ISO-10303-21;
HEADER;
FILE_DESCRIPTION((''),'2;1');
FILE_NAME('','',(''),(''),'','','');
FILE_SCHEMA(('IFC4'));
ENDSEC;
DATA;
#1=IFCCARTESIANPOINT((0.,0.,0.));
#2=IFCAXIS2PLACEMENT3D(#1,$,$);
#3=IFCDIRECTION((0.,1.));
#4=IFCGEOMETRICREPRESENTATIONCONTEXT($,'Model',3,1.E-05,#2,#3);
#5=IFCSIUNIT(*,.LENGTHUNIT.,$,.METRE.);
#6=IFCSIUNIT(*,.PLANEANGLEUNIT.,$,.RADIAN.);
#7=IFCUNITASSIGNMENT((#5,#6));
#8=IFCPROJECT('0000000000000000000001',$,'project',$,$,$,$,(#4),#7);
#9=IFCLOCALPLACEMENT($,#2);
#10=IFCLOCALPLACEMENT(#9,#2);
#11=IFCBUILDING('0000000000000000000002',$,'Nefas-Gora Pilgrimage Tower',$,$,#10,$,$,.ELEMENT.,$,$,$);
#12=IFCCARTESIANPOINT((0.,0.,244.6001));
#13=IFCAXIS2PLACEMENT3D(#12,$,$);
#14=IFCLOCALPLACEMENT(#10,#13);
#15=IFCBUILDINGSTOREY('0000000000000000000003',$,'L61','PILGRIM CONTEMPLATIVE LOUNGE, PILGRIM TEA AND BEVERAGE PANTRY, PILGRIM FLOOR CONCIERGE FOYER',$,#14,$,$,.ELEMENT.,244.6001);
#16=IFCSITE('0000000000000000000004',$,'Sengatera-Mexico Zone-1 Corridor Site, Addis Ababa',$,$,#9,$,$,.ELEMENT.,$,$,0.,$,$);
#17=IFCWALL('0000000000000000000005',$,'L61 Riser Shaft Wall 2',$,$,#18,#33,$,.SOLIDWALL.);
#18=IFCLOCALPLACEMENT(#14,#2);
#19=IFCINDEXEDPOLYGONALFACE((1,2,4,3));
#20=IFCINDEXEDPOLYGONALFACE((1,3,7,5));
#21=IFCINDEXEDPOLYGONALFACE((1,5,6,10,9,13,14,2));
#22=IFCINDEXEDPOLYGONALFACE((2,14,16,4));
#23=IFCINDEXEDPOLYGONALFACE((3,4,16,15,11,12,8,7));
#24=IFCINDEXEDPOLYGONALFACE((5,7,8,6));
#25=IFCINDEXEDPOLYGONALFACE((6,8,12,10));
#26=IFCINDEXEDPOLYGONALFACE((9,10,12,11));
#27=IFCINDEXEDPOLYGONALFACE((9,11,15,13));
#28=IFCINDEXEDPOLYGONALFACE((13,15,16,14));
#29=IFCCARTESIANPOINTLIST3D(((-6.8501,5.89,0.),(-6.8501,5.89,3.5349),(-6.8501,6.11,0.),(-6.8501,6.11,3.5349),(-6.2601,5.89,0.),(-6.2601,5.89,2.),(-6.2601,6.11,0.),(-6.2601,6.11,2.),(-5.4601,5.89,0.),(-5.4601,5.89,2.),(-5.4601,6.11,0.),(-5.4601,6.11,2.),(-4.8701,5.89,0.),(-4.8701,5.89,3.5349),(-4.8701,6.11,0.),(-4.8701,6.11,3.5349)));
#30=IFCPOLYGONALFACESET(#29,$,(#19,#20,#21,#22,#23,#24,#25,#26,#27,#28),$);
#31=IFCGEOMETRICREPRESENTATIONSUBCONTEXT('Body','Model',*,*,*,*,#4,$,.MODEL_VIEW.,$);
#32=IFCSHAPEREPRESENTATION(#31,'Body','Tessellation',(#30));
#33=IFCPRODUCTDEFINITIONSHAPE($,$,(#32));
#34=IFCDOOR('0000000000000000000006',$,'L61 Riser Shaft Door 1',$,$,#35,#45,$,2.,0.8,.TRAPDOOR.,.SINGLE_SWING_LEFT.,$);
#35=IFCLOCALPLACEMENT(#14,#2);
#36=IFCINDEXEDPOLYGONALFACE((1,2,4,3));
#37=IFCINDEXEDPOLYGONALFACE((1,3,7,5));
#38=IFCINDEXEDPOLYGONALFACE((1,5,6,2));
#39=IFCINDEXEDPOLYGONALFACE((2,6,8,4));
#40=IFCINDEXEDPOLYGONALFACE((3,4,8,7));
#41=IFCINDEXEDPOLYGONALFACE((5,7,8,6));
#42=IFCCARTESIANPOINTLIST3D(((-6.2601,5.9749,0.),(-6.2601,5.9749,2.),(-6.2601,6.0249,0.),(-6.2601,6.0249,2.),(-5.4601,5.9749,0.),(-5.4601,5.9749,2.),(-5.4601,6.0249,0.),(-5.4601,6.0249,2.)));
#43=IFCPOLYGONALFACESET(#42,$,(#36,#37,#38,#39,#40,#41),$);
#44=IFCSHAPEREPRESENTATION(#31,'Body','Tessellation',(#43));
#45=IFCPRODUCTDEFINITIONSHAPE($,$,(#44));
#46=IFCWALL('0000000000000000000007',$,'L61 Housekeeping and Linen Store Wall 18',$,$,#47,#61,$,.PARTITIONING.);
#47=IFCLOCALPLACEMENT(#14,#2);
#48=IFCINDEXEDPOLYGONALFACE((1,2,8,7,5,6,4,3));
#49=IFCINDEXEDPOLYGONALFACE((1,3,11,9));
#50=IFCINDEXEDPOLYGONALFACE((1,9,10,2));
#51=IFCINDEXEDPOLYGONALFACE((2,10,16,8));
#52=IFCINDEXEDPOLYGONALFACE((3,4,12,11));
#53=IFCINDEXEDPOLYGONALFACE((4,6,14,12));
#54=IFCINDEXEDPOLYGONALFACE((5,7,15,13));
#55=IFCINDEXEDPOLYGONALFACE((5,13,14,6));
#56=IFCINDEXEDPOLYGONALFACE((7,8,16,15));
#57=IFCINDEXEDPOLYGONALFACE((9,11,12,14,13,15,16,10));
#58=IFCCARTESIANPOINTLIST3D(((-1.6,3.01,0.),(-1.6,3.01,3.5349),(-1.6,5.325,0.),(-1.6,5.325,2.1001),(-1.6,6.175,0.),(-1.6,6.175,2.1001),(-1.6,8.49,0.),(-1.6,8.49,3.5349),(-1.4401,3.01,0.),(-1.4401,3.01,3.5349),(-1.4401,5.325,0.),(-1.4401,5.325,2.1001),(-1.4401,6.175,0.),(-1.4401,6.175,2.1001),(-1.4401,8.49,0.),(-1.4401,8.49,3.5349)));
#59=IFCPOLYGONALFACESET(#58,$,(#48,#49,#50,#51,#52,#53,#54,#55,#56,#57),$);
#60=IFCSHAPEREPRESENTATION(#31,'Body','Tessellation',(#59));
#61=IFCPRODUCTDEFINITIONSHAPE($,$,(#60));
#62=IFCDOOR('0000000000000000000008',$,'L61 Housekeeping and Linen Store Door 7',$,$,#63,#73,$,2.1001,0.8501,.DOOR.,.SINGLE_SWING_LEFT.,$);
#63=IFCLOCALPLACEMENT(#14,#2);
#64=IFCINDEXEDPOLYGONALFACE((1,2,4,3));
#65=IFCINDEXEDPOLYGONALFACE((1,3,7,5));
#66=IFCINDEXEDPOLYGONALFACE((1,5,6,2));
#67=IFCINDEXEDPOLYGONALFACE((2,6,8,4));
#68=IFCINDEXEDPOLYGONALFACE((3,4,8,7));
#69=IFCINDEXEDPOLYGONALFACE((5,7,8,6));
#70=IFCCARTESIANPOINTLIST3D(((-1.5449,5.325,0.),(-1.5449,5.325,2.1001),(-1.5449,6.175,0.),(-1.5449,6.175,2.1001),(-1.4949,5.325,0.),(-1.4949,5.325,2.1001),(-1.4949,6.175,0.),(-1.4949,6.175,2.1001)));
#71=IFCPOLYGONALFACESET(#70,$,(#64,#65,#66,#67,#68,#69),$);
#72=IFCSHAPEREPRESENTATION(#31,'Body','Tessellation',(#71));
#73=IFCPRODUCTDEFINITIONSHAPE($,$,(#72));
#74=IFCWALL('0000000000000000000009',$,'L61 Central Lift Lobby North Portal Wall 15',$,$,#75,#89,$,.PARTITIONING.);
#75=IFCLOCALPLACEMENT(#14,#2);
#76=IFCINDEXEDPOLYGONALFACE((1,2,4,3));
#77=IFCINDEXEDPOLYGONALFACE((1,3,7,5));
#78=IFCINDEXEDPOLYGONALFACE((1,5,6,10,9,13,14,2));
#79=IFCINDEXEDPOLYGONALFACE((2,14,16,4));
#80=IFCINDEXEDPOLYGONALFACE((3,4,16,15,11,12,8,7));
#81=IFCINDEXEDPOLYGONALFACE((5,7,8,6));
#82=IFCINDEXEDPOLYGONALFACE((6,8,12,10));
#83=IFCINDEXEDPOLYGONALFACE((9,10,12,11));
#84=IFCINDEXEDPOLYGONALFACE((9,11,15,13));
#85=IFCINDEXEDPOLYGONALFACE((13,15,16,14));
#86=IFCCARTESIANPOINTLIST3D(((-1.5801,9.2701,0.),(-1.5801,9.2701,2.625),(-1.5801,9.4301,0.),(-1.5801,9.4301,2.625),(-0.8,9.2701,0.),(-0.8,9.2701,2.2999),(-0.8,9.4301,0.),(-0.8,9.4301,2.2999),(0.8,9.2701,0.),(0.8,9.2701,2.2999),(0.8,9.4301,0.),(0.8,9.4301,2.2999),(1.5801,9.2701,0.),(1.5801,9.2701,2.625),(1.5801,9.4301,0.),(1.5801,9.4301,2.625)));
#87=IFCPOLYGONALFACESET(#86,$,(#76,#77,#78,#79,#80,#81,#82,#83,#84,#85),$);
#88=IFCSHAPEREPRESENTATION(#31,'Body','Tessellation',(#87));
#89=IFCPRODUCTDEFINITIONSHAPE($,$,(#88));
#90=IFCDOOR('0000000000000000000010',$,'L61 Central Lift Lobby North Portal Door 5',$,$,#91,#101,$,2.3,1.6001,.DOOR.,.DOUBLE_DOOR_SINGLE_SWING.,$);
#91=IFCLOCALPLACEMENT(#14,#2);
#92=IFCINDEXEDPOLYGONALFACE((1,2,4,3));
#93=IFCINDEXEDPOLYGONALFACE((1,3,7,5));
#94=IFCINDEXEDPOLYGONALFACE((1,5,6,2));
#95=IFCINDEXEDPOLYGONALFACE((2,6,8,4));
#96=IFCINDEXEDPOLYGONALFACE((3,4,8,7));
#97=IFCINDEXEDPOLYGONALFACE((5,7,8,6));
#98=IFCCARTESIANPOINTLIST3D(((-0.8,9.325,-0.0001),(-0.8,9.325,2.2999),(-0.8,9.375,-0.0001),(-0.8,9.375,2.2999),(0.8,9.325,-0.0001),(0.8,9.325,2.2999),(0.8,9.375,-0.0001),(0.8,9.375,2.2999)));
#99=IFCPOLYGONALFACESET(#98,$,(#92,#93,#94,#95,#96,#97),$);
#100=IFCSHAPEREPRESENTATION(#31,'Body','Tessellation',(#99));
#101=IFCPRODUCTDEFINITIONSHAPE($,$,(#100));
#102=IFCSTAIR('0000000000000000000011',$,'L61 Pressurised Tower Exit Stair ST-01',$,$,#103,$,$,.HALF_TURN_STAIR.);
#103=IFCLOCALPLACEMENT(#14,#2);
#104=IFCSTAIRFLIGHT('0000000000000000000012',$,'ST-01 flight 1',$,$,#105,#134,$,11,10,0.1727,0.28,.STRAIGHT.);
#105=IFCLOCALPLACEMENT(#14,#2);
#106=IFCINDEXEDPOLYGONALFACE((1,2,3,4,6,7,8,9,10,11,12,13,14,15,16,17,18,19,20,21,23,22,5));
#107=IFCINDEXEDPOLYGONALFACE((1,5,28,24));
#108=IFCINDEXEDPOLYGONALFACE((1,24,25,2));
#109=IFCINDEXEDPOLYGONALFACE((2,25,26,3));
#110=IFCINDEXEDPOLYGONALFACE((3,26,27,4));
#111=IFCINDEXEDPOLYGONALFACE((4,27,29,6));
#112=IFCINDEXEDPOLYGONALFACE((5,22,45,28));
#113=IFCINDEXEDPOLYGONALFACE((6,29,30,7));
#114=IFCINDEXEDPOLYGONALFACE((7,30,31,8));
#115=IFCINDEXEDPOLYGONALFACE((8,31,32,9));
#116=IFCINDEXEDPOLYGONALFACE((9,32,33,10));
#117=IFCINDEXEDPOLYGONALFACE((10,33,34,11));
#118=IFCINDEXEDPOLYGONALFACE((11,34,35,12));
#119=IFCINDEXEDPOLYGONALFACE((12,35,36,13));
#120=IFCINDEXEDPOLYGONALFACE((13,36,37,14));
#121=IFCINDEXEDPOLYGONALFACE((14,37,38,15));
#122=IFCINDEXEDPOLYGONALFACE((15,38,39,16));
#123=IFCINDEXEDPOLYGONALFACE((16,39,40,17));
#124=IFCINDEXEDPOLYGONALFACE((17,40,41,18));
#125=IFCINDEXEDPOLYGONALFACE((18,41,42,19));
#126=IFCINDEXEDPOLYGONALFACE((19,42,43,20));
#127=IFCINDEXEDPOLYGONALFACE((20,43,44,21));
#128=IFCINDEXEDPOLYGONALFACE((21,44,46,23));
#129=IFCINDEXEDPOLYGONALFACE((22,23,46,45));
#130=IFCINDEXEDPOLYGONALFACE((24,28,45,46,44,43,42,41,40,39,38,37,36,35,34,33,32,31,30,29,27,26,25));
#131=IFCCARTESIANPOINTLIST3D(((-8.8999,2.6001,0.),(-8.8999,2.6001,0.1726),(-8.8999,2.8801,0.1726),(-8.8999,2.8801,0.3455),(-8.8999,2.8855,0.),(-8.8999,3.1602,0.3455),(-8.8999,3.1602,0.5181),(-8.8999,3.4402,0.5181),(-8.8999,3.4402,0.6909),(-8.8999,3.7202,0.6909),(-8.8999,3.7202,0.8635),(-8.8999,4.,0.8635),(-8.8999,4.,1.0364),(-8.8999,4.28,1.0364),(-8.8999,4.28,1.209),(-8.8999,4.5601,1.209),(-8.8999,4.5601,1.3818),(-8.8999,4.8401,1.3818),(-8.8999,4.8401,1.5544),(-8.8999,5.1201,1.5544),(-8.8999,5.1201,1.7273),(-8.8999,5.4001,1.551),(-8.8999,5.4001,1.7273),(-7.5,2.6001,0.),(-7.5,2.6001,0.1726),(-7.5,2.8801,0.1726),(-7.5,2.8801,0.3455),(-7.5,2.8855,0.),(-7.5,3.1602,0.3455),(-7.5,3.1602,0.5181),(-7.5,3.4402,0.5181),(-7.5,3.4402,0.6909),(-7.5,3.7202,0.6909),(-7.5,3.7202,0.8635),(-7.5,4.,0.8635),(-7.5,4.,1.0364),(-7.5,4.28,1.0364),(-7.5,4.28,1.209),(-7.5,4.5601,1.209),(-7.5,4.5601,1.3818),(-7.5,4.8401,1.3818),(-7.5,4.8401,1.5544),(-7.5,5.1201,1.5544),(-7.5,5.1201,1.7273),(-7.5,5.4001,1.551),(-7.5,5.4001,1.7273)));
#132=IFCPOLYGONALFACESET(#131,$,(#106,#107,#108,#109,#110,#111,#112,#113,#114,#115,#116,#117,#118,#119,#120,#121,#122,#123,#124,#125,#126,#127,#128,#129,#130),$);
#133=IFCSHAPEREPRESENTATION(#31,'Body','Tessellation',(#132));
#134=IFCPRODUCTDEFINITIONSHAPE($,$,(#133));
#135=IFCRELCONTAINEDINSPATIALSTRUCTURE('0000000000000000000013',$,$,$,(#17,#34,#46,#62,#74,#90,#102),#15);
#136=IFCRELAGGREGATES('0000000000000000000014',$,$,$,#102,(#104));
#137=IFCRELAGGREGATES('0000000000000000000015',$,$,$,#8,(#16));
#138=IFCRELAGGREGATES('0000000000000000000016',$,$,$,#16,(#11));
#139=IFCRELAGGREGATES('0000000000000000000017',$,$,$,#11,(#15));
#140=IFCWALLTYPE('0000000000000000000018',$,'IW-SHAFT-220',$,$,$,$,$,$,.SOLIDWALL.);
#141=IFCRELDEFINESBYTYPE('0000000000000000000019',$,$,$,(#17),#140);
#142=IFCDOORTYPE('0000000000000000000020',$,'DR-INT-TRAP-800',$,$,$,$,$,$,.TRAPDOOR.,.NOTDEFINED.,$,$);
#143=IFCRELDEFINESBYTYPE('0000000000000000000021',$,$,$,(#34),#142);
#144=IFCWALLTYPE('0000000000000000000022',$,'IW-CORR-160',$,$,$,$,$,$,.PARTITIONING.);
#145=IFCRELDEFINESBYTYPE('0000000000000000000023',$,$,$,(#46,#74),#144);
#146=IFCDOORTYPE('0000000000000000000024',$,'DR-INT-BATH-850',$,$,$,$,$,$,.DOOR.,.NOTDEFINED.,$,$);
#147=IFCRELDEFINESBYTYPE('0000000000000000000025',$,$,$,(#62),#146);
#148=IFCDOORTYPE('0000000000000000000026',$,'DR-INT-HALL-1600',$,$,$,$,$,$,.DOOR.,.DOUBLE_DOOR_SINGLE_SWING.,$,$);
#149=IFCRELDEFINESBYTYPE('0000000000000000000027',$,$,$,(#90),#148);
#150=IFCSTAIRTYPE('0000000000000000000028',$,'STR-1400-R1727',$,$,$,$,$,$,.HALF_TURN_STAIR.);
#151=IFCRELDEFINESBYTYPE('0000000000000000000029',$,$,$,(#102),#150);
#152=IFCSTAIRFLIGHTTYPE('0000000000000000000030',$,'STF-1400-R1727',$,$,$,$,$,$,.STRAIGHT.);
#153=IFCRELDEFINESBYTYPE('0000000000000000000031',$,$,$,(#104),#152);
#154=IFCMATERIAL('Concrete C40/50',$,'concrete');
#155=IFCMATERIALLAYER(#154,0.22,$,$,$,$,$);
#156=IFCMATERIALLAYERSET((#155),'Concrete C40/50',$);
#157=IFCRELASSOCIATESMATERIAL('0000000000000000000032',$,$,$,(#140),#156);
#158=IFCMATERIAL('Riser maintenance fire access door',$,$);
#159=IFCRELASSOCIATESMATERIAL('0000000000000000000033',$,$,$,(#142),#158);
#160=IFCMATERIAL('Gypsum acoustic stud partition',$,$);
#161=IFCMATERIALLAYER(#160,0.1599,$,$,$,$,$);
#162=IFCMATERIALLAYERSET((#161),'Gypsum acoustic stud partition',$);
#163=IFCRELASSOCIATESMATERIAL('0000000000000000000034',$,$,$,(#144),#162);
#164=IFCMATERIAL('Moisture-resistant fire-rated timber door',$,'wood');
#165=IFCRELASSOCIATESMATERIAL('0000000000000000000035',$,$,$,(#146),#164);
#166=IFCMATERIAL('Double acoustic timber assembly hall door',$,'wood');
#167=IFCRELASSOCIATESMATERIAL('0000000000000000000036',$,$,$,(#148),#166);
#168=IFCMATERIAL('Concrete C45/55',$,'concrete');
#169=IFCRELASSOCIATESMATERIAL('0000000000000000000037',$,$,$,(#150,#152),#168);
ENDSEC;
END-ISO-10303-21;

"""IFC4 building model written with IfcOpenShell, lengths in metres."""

from ifc_helpers import new_model, si_unit, direction, frame, frame_2d, origin, place, context, subcontext, project, spatial, polyline, rectangle, outline, extrude, source, transform, mapped, material, layer, layer_set, type_object, element, fill, aggregate, save


model = new_model("IFC4")

# Units and contexts
model_context = context("Model", 3, precision=1e-05, world=origin(), true_north=direction((0.0, 1.0)))
body_context = subcontext(model_context, "Body", "Model", "MODEL_VIEW")
ifc_project = project(units=[si_unit("LENGTHUNIT", "METRE"), si_unit("PLANEANGLEUNIT", "RADIAN")], contexts=[model_context])

# Site, building, storey
site_placement = place(None, origin())
site = spatial("IfcSite", under=ifc_project, at=site_placement, Name="Sengatera-Mexico Zone-1 Corridor Site, Addis Ababa", CompositionType="ELEMENT", RefElevation=0.0)
building_placement = place(site_placement, origin())
building = spatial("IfcBuilding", under=site, at=building_placement, Name="Nefas-Gora Pilgrimage Tower", CompositionType="ELEMENT")
storey_placement = place(building_placement, frame((0.0, 0.0, 244.6001)))
storey = spatial("IfcBuildingStorey", under=building, at=storey_placement, Name="L61", Description="PILGRIM CONTEMPLATIVE LOUNGE, PILGRIM TEA AND BEVERAGE PANTRY, PILGRIM FLOOR CONCIERGE FOYER", CompositionType="ELEMENT", Elevation=244.6001)

# Shared definitions
ifc_material_1 = material(Name="Concrete C45/55", Category="concrete")

# Shared definitions
ifc_material_2 = material(Name="Concrete C40/50", Category="concrete")
ifc_layer_1 = layer(ifc_material_2, 0.22)
ifc_layer_set_1 = layer_set([ifc_layer_1], Name="Concrete C40/50")
wall_type_1 = type_object("IfcWallType", Name="IW-SHAFT-220", PredefinedType="SOLIDWALL", material=ifc_layer_set_1)

# Walls, openings, doors
shared_shape_1 = source(origin(), body_context, "Body", "SweptSolid", [
    extrude(rectangle(XDim=1.98, YDim=0.22, at=frame_2d((0.99, 0.0))), origin(), (0.0, 0.0, 1.0), 3.5349),
])
wall_1_placement = place(storey_placement, frame((-6.8501, 6.0, 0.0), z_axis=(0.0, 0.0, 1.0), x_axis=(1.0, 0.0, 0.0)))
wall_1 = element("IfcWall", 1, at=wall_1_placement, inside=storey, type_object=wall_type_1, Name="L61 Riser Shaft Wall 2", PredefinedType="SOLIDWALL", context=body_context, shape_type="MappedRepresentation", body=[
    mapped(shared_shape_1, transform((0.0, 0.0, 0.0), x_axis=(1.0, 0.0, 0.0), y_axis=(0.0, 1.0, 0.0), z_axis=(0.0, 0.0, 1.0), scale=1.0)),
])
opening_1_placement = place(wall_1_placement, frame((0.5901, 0.0, 0.0)))
opening_1 = element("IfcOpeningElement", 2, at=opening_1_placement, cuts=wall_1, PredefinedType="OPENING", context=body_context, shape_type="SweptSolid", body=[
    extrude(rectangle(XDim=0.8, YDim=2.0, at=frame_2d((0.3999, 1.0))), frame((0.0, 0.1199, 0.0), z_axis=(0.0, -1.0, 0.0), x_axis=(1.0, 0.0, 0.0)), (0.0, 0.0, 1.0), 0.24),
])
ifc_material_3 = material(Name="Riser maintenance fire access door")
door_type_1 = type_object("IfcDoorType", Name="DR-INT-TRAP-800", OperationType="NOTDEFINED", PredefinedType="TRAPDOOR", material=ifc_material_3)
shared_shape_2 = source(origin(), body_context, "Body", "SweptSolid", [
    extrude(rectangle(XDim=0.8, YDim=2.0, at=frame_2d((0.3999, 1.0))), frame((0.0, 0.0249, 0.0), z_axis=(0.0, -1.0, 0.0), x_axis=(1.0, 0.0, 0.0)), (0.0, 0.0, 1.0), 0.05),
])
door_1_placement = place(opening_1_placement, origin())
door_1 = element("IfcDoor", 3, at=door_1_placement, inside=storey, type_object=door_type_1, Name="L61 Riser Shaft Door 1", OperationType="SINGLE_SWING_LEFT", OverallHeight=2.0, OverallWidth=0.8, PredefinedType="TRAPDOOR", context=body_context, shape_type="MappedRepresentation", body=[
    mapped(shared_shape_2, transform((0.0, 0.0, 0.0), x_axis=(1.0, 0.0, 0.0), y_axis=(0.0, 1.0, 0.0), z_axis=(0.0, 0.0, 1.0), scale=1.0)),
])
fill(opening_1, door_1)
ifc_material_4 = material(Name="Gypsum acoustic stud partition")
ifc_layer_2 = layer(ifc_material_4, 0.1599)
ifc_layer_set_2 = layer_set([ifc_layer_2], Name="Gypsum acoustic stud partition")
wall_type_2 = type_object("IfcWallType", Name="IW-CORR-160", PredefinedType="PARTITIONING", material=ifc_layer_set_2)
shared_shape_3 = source(origin(), body_context, "Body", "SweptSolid", [
    extrude(rectangle(XDim=5.48, YDim=0.1599, at=frame_2d((2.74, 0.0))), origin(), (0.0, 0.0, 1.0), 3.5349),
])
wall_2_placement = place(storey_placement, frame((-1.52, 3.01, 0.0), z_axis=(0.0, 0.0, 1.0), x_axis=(0.0, 1.0, 0.0)))
wall_2 = element("IfcWall", 4, at=wall_2_placement, inside=storey, type_object=wall_type_2, Name="L61 Housekeeping and Linen Store Wall 18", PredefinedType="PARTITIONING", context=body_context, shape_type="MappedRepresentation", body=[
    mapped(shared_shape_3, transform((0.0, 0.0, 0.0), x_axis=(1.0, 0.0, 0.0), y_axis=(0.0, 1.0, 0.0), z_axis=(0.0, 0.0, 1.0), scale=1.0)),
])
opening_2_placement = place(wall_2_placement, frame((2.3149, 0.0, 0.0)))
opening_2 = element("IfcOpeningElement", 5, at=opening_2_placement, cuts=wall_2, PredefinedType="OPENING", context=body_context, shape_type="SweptSolid", body=[
    extrude(rectangle(XDim=0.8501, YDim=2.1001, at=frame_2d((0.425, 1.05))), frame((0.0, 0.0898, 0.0), z_axis=(0.0, -1.0, 0.0), x_axis=(1.0, 0.0, 0.0)), (0.0, 0.0, 1.0), 0.1799),
])
ifc_material_5 = material(Name="Moisture-resistant fire-rated timber door", Category="wood")
door_type_2 = type_object("IfcDoorType", Name="DR-INT-BATH-850", OperationType="NOTDEFINED", PredefinedType="DOOR", material=ifc_material_5)
shared_shape_4 = source(origin(), body_context, "Body", "SweptSolid", [
    extrude(rectangle(XDim=0.8501, YDim=2.1001, at=frame_2d((0.425, 1.05))), frame((0.0, 0.0249, 0.0), z_axis=(0.0, -1.0, 0.0), x_axis=(1.0, 0.0, 0.0)), (0.0, 0.0, 1.0), 0.05),
])
door_2_placement = place(opening_2_placement, origin())
door_2 = element("IfcDoor", 6, at=door_2_placement, inside=storey, type_object=door_type_2, Name="L61 Housekeeping and Linen Store Door 7", OperationType="SINGLE_SWING_LEFT", OverallHeight=2.1001, OverallWidth=0.8501, PredefinedType="DOOR", context=body_context, shape_type="MappedRepresentation", body=[
    mapped(shared_shape_4, transform((0.0, 0.0, 0.0), x_axis=(1.0, 0.0, 0.0), y_axis=(0.0, 1.0, 0.0), z_axis=(0.0, 0.0, 1.0), scale=1.0)),
])
fill(opening_2, door_2)
shared_shape_5 = source(origin(), body_context, "Body", "SweptSolid", [
    extrude(rectangle(XDim=3.1602, YDim=0.1599, at=frame_2d((1.5801, 0.0))), origin(), (0.0, 0.0, 1.0), 2.625),
])
wall_3_placement = place(storey_placement, frame((-1.5801, 9.3501, 0.0), z_axis=(0.0, 0.0, 1.0), x_axis=(1.0, 0.0, 0.0)))
wall_3 = element("IfcWall", 7, at=wall_3_placement, inside=storey, type_object=wall_type_2, Name="L61 Central Lift Lobby North Portal Wall 15", PredefinedType="PARTITIONING", context=body_context, shape_type="MappedRepresentation", body=[
    mapped(shared_shape_5, transform((0.0, 0.0, 0.0), x_axis=(1.0, 0.0, 0.0), y_axis=(0.0, 1.0, 0.0), z_axis=(0.0, 0.0, 1.0), scale=1.0)),
])
opening_3_placement = place(wall_3_placement, frame((0.78, 0.0, 0.0)))
opening_3 = element("IfcOpeningElement", 8, at=opening_3_placement, cuts=wall_3, PredefinedType="OPENING", context=body_context, shape_type="SweptSolid", body=[
    extrude(rectangle(XDim=1.6001, YDim=2.3, at=frame_2d((0.8, 1.1499))), frame((0.0, 0.0898, 0.0), z_axis=(0.0, -1.0, 0.0), x_axis=(1.0, 0.0, 0.0)), (0.0, 0.0, 1.0), 0.1799),
])
ifc_material_6 = material(Name="Double acoustic timber assembly hall door", Category="wood")
door_type_3 = type_object("IfcDoorType", Name="DR-INT-HALL-1600", OperationType="DOUBLE_DOOR_SINGLE_SWING", PredefinedType="DOOR", material=ifc_material_6)
shared_shape_6 = source(origin(), body_context, "Body", "SweptSolid", [
    extrude(rectangle(XDim=1.6001, YDim=2.3, at=frame_2d((0.8, 1.1499))), frame((0.0, 0.0249, 0.0), z_axis=(0.0, -1.0, 0.0), x_axis=(1.0, 0.0, 0.0)), (0.0, 0.0, 1.0), 0.05),
])
door_3_placement = place(opening_3_placement, origin())
door_3 = element("IfcDoor", 9, at=door_3_placement, inside=storey, type_object=door_type_3, Name="L61 Central Lift Lobby North Portal Door 5", OperationType="DOUBLE_DOOR_SINGLE_SWING", OverallHeight=2.3, OverallWidth=1.6001, PredefinedType="DOOR", context=body_context, shape_type="MappedRepresentation", body=[
    mapped(shared_shape_6, transform((0.0, 0.0, 0.0), x_axis=(1.0, 0.0, 0.0), y_axis=(0.0, 1.0, 0.0), z_axis=(0.0, 0.0, 1.0), scale=1.0)),
])
fill(opening_3, door_3)

# Stair, stair flight
stair_type = type_object("IfcStairType", Name="STR-1400-R1727", PredefinedType="HALF_TURN_STAIR", material=ifc_material_1)
stair_placement = place(storey_placement, origin())
stair = element("IfcStair", 10, at=stair_placement, inside=storey, type_object=stair_type, Name="L61 Pressurised Tower Exit Stair ST-01", PredefinedType="HALF_TURN_STAIR")
stair_flight_type = type_object("IfcStairFlightType", Name="STF-1400-R1727", PredefinedType="STRAIGHT", material=ifc_material_1)
shared_shape_7 = source(origin(), body_context, "Body", "SweptSolid", [
    extrude(outline(polyline([(0.0, 0.0), (0.0, 0.1726), (0.28, 0.1726), (0.28, 0.3455), (0.5601, 0.3455), (0.5601, 0.5181), (0.8401, 0.5181), (0.8401, 0.6909), (1.1201, 0.6909), (1.1201, 0.8635), (1.3999, 0.8635), (1.3999, 1.0364), (1.6799, 1.0364), (1.6799, 1.209), (1.96, 1.209), (1.96, 1.3818), (2.24, 1.3818), (2.24, 1.5544), (2.52, 1.5544), (2.52, 1.7273), (2.8, 1.7273), (2.8, 1.8999), (2.8, 1.551), (0.2854, 0.0), (0.0, 0.0)])), frame((0.0, 0.7, 0.0), z_axis=(0.0, -1.0, 0.0), x_axis=(1.0, 0.0, 0.0)), (0.0, 0.0, 1.0), 1.3999),
])
stair_flight_1_placement = place(storey_placement, frame((-8.2, 2.6001, 0.0), z_axis=(0.0, 0.0, 1.0), x_axis=(0.0, 1.0, 0.0)))
stair_flight_1 = element("IfcStairFlight", 11, at=stair_flight_1_placement, type_object=stair_flight_type, Name="ST-01 flight 1", NumberOfRisers=11, NumberOfTreads=10, PredefinedType="STRAIGHT", RiserHeight=0.1727, TreadLength=0.28, context=body_context, shape_type="MappedRepresentation", body=[
    mapped(shared_shape_7, transform((0.0, 0.0, 0.0), x_axis=(1.0, 0.0, 0.0), y_axis=(0.0, 1.0, 0.0), z_axis=(0.0, 0.0, 1.0), scale=1.0)),
])
aggregate(stair, [stair_flight_1])

save(model, "model.ifc")
